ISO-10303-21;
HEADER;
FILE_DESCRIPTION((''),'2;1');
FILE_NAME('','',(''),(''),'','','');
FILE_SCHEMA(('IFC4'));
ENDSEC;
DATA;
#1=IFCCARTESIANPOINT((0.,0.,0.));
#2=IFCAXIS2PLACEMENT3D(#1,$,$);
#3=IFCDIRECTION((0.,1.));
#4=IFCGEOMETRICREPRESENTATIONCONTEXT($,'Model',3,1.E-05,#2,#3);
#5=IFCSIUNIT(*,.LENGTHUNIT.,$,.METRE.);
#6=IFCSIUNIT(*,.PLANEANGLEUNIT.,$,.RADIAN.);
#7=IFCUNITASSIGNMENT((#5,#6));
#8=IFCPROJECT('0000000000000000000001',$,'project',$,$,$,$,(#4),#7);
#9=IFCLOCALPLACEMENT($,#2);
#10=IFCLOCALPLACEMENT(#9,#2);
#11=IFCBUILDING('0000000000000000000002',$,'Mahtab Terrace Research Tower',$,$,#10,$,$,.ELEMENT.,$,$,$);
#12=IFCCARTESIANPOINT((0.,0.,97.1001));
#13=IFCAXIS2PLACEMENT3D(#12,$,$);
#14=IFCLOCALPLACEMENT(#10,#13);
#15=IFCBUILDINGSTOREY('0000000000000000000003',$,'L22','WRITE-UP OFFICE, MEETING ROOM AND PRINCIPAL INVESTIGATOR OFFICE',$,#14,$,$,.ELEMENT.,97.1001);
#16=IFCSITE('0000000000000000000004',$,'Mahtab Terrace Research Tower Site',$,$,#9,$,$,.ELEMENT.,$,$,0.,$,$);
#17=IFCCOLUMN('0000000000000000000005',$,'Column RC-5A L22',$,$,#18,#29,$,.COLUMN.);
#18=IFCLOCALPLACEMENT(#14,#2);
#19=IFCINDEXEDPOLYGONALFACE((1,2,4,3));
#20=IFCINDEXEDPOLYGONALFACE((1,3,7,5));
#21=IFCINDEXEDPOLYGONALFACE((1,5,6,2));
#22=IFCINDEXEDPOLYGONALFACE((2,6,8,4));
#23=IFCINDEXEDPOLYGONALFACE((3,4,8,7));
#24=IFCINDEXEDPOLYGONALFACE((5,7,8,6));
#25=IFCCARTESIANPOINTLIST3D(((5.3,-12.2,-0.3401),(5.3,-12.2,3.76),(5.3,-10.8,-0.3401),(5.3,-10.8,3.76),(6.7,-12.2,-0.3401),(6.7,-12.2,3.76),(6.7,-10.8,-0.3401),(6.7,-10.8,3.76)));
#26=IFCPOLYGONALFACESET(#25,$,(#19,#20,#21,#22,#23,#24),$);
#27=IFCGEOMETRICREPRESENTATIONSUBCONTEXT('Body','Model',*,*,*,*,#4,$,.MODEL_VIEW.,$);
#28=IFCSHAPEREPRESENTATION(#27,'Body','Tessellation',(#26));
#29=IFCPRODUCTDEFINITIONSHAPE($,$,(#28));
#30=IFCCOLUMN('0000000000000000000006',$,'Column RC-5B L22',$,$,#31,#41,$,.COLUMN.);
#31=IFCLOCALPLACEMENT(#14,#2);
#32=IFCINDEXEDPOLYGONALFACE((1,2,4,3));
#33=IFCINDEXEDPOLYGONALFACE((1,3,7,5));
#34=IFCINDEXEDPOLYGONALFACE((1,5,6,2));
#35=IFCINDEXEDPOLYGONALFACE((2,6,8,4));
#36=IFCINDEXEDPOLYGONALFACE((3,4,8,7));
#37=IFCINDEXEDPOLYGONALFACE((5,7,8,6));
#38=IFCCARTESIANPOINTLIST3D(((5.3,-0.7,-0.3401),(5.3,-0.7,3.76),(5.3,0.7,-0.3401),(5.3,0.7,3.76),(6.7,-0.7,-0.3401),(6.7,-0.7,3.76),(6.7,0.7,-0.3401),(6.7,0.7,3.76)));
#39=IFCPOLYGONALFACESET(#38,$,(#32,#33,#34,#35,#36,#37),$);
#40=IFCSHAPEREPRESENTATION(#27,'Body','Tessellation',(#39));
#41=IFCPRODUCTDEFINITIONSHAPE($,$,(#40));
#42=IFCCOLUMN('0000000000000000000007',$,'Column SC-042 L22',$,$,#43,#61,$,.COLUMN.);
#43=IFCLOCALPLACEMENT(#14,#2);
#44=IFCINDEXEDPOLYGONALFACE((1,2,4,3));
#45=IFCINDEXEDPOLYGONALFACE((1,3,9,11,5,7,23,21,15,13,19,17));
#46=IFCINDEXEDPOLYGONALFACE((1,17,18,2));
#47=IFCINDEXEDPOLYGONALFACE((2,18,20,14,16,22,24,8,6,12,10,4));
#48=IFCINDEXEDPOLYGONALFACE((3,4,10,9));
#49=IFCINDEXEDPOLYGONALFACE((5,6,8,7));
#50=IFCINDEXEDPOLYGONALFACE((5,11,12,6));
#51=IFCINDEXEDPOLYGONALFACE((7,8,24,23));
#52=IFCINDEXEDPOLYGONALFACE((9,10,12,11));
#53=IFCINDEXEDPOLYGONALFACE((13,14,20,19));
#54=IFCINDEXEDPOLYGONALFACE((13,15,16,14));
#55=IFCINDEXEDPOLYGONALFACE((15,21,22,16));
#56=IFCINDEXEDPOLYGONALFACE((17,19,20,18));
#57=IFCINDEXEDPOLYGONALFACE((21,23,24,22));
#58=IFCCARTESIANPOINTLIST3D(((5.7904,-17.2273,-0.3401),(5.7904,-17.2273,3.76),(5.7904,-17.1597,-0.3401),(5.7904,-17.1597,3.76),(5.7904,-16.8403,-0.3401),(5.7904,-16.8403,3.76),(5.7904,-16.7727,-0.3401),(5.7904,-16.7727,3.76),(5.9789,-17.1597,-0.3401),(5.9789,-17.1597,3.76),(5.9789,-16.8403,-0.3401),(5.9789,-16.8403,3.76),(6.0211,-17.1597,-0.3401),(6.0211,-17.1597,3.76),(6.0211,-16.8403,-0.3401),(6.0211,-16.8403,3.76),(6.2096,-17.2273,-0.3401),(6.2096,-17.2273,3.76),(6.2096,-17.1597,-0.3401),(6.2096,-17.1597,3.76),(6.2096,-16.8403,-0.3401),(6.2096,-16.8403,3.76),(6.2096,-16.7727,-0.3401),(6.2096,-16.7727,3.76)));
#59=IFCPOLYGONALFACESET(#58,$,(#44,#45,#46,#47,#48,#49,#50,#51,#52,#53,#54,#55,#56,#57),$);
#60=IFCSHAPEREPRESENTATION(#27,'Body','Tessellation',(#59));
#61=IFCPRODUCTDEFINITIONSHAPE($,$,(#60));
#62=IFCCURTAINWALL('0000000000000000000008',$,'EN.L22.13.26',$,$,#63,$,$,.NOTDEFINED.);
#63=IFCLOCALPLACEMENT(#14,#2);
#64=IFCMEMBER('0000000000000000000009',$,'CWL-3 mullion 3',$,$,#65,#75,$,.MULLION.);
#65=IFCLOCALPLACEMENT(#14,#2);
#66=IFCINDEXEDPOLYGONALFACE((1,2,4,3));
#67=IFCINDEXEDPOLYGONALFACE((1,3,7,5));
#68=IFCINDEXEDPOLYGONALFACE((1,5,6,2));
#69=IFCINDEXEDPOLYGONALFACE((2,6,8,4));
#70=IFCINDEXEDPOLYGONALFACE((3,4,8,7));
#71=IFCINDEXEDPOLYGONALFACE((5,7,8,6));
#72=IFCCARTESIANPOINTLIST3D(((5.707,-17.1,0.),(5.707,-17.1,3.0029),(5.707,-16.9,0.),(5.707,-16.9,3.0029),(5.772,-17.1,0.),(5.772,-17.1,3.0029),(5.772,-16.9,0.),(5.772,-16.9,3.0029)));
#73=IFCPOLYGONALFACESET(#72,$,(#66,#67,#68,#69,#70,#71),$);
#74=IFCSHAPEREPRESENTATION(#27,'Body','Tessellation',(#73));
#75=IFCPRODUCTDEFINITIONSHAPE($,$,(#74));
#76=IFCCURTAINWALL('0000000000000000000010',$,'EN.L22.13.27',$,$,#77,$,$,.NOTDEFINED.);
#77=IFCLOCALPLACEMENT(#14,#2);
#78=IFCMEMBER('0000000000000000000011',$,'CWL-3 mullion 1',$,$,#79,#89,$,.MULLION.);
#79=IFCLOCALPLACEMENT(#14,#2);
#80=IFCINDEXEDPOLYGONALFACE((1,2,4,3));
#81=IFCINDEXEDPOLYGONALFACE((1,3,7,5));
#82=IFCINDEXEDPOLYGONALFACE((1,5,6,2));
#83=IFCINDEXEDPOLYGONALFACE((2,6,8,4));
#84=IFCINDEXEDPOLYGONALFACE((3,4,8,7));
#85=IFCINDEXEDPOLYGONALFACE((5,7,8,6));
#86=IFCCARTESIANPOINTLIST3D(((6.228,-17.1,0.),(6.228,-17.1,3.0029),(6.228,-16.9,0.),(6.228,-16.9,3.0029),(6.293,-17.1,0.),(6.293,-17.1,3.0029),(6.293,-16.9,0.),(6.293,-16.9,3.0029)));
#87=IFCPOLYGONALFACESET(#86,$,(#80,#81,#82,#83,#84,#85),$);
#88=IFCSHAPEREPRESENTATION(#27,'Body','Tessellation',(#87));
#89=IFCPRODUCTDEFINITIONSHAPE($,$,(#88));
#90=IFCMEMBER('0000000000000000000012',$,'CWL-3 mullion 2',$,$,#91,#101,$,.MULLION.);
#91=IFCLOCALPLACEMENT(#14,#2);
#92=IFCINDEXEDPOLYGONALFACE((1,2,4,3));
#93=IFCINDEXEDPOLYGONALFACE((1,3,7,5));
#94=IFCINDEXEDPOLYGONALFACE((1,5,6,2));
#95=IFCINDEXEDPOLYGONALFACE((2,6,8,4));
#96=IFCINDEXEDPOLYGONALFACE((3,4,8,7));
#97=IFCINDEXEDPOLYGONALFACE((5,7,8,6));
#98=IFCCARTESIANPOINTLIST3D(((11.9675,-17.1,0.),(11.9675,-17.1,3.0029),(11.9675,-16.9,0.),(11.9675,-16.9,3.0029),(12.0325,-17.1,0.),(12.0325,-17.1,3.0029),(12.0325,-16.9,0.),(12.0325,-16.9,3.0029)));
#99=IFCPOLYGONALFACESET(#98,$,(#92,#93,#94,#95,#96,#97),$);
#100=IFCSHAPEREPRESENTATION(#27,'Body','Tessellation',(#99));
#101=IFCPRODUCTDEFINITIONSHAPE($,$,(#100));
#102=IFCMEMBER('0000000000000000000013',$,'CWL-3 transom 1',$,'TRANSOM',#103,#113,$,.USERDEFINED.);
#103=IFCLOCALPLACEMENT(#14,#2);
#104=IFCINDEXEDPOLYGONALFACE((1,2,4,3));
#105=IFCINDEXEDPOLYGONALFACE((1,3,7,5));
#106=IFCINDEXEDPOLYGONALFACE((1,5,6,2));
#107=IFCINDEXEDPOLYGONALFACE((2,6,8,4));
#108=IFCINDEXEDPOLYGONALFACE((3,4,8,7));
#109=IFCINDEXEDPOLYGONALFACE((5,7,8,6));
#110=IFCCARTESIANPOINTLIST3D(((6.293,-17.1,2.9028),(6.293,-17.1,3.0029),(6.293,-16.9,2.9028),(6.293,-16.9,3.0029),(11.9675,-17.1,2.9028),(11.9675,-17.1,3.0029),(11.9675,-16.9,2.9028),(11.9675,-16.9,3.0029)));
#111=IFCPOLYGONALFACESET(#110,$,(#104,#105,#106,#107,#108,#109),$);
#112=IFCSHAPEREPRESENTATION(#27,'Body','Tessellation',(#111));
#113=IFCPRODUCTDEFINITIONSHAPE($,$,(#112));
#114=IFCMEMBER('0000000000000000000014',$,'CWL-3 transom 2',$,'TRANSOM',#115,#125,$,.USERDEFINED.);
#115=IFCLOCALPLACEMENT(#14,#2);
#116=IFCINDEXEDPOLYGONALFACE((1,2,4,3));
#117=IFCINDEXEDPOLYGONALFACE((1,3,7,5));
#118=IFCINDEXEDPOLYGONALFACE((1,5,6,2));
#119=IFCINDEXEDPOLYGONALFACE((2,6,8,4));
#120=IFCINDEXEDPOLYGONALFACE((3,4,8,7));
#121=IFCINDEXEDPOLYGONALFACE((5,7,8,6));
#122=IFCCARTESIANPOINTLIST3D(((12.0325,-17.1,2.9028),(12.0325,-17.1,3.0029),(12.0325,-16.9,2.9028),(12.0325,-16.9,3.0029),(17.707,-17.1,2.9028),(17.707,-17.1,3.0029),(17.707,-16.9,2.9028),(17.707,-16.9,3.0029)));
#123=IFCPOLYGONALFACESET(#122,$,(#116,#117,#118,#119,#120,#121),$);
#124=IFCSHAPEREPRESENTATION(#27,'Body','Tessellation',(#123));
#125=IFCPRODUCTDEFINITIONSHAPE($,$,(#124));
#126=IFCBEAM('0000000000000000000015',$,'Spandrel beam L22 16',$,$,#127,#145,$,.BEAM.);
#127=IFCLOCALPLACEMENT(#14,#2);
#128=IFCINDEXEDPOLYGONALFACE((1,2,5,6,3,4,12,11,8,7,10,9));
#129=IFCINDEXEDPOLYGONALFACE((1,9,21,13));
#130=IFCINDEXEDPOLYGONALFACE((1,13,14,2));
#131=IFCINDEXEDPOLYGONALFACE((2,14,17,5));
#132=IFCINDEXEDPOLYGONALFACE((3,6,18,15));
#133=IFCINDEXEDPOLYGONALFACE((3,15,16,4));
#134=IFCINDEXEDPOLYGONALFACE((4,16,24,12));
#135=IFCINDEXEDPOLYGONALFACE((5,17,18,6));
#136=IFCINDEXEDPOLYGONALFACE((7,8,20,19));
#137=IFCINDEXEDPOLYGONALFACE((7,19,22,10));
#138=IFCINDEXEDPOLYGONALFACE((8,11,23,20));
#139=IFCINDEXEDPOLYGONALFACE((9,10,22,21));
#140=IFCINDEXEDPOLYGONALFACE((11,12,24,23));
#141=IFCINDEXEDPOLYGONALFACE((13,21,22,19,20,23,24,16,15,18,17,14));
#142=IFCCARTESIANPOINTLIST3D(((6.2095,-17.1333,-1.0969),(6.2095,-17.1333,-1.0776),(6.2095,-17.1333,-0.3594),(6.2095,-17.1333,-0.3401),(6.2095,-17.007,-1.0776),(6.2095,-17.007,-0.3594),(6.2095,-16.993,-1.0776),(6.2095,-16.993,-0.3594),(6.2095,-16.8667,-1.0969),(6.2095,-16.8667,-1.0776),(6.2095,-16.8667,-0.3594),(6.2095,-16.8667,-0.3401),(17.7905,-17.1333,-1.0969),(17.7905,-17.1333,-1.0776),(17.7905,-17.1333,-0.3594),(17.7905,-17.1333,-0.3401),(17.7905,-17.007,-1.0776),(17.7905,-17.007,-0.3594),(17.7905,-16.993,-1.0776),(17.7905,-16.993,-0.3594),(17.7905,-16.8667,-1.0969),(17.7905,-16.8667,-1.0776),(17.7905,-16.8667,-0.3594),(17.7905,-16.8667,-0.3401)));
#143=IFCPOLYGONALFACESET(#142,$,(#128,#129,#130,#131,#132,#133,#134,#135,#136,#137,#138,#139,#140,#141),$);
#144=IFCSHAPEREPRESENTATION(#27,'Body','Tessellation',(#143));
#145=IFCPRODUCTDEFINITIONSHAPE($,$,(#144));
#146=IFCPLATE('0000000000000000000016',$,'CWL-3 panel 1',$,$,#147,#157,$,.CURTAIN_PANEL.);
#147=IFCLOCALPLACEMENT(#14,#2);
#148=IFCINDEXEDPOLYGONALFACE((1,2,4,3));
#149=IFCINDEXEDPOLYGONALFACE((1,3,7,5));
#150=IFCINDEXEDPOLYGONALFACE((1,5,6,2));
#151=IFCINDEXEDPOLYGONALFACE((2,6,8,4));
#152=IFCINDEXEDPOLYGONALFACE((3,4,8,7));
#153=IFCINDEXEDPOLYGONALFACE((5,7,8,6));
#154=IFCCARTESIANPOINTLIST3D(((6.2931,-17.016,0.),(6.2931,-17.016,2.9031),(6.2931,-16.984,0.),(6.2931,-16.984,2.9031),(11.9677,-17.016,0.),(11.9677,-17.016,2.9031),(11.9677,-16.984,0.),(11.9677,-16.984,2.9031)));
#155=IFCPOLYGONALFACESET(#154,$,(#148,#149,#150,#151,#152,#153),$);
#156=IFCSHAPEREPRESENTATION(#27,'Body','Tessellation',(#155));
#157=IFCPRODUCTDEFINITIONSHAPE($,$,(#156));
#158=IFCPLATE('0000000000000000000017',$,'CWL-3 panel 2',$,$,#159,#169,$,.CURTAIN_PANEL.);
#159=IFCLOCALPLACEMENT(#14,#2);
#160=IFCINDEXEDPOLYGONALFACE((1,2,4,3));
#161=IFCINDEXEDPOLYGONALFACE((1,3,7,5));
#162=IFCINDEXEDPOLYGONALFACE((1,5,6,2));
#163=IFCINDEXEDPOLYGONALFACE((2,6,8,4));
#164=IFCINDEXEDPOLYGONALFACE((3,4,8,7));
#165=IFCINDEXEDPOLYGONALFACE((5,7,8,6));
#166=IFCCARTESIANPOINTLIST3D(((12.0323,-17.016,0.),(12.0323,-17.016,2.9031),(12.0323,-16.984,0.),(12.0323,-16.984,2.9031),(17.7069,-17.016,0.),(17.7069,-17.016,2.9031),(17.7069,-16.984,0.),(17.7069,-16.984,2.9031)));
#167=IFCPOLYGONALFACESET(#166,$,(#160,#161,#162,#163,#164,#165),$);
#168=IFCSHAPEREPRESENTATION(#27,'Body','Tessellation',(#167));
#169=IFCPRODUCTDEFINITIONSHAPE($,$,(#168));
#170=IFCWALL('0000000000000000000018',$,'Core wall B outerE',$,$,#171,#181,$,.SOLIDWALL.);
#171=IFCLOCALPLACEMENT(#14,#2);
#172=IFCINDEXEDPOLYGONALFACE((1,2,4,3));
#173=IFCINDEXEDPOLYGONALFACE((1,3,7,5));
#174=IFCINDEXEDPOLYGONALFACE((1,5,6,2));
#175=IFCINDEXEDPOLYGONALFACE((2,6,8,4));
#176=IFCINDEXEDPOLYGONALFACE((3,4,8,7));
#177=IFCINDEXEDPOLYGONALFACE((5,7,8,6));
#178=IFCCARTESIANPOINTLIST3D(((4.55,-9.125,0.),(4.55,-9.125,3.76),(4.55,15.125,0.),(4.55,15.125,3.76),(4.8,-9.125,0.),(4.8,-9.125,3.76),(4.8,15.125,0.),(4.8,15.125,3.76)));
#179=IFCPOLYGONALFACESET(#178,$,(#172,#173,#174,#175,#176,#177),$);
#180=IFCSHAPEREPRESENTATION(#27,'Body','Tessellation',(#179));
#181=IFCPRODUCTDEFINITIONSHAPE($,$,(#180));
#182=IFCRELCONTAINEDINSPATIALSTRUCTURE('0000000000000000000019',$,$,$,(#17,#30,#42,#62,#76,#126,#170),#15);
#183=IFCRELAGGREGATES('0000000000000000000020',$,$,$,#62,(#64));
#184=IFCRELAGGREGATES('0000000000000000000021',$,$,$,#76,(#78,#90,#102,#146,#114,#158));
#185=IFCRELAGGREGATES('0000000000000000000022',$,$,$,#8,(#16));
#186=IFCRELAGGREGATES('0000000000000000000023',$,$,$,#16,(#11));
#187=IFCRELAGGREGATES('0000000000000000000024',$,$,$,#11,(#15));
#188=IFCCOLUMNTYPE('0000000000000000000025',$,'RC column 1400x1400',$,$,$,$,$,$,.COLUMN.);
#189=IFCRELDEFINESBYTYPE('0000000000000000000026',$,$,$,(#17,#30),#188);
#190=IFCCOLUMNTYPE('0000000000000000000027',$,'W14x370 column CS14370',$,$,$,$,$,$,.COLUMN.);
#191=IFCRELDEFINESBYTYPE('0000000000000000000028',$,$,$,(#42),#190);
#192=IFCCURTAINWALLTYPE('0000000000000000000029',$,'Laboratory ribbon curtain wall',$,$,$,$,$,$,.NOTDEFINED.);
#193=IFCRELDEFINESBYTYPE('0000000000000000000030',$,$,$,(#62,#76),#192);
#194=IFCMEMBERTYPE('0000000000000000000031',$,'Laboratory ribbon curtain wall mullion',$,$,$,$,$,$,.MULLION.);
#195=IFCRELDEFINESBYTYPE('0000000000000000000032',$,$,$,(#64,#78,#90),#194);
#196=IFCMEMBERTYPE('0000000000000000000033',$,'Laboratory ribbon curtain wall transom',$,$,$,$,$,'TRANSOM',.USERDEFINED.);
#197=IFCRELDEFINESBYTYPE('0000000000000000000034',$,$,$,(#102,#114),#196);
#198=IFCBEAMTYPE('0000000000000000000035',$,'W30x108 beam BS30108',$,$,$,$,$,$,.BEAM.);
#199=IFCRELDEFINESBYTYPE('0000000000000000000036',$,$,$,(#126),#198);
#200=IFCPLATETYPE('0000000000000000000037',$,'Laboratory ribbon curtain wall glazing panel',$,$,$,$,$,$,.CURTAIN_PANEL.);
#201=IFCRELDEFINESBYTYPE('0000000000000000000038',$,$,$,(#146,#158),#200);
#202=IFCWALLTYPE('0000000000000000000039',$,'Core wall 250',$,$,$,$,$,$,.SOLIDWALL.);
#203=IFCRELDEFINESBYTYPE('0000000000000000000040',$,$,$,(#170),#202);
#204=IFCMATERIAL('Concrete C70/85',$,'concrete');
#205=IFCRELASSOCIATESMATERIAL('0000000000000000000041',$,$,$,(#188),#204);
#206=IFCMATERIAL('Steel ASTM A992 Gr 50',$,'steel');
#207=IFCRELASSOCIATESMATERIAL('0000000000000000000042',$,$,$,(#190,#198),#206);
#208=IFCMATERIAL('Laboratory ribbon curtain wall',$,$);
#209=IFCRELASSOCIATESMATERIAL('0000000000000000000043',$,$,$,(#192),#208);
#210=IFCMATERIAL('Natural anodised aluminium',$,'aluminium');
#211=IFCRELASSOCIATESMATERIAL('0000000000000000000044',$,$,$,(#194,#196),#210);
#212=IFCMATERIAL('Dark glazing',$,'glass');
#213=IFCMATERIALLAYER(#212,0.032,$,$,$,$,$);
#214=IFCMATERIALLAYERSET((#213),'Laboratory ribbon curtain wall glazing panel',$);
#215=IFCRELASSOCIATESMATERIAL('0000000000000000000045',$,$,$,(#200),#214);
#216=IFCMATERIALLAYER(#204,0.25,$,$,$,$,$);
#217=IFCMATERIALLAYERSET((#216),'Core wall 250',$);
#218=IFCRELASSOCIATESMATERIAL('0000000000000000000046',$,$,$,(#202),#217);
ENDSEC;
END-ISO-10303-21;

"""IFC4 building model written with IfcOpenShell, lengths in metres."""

from ifc_helpers import new_model, si_unit, direction, frame, frame_2d, origin, origin_2d, place, context, subcontext, project, spatial, rectangle, i_section, extrude, material, layer, layer_set, material_profile, profile_set, type_object, element, aggregate, save


model = new_model("IFC4")

# Units and contexts
model_context = context("Model", 3, precision=1e-05, world=origin(), true_north=direction((0.0, 1.0)))
body_context = subcontext(model_context, "Body", "Model", "MODEL_VIEW")
ifc_project = project(units=[si_unit("LENGTHUNIT", "METRE"), si_unit("PLANEANGLEUNIT", "RADIAN")], contexts=[model_context])

# Site, building, storey
site_placement = place(None, origin())
site = spatial("IfcSite", under=ifc_project, at=site_placement, Name="Mahtab Terrace Research Tower Site", CompositionType="ELEMENT", RefElevation=0.0)
building_placement = place(site_placement, origin())
building = spatial("IfcBuilding", under=site, at=building_placement, Name="Mahtab Terrace Research Tower", CompositionType="ELEMENT")
storey_placement = place(building_placement, frame((0.0, 0.0, 97.1001)))
storey = spatial("IfcBuildingStorey", under=building, at=storey_placement, Name="L22", Description="WRITE-UP OFFICE, MEETING ROOM AND PRINCIPAL INVESTIGATOR OFFICE", CompositionType="ELEMENT", Elevation=97.1001)

# Columns
ifc_material_1 = material(Name="Concrete C70/85", Category="concrete")
ifc_material_profile_1 = material_profile(ifc_material_1, rectangle(XDim=1.3999, YDim=1.3999, at=origin_2d()), Name="RC column 1400x1400")
ifc_profile_set_1 = profile_set([ifc_material_profile_1], Name="Concrete C70/85")
column_type_1 = type_object("IfcColumnType", Name="RC column 1400x1400", PredefinedType="COLUMN", material=ifc_profile_set_1)
for number, where, z_axis, x_axis, name in (
    (1, (6.0, -11.5, -0.3401), (0.0, 0.0, 1.0), (1.0, 0.0, 0.0), "Column RC-5A L22"),
    (2, (6.0, 0.0, -0.3401), (0.0, 0.0, 1.0), (1.0, 0.0, 0.0), "Column RC-5B L22"),
):
    element("IfcColumn", number, at=place(storey_placement, frame(where, z_axis=z_axis, x_axis=x_axis)), inside=storey, type_object=column_type_1, Name=name, PredefinedType="COLUMN", context=body_context, shape_type="SweptSolid", body=[
        extrude(rectangle(XDim=1.3999, YDim=1.3999, at=origin_2d()), origin(), (0.0, 0.0, 1.0), 4.1001),
    ])
ifc_material_2 = material(Name="Steel ASTM A992 Gr 50", Category="steel")
ifc_material_profile_2 = material_profile(ifc_material_2, i_section(OverallWidth=0.4192, OverallDepth=0.4546, WebThickness=0.0422, FlangeThickness=0.0676, at=origin_2d()), Name="W14X370")
ifc_profile_set_2 = profile_set([ifc_material_profile_2], Name="Steel ASTM A992 Gr 50")
column_type_2 = type_object("IfcColumnType", Name="W14x370 column CS14370", PredefinedType="COLUMN", material=ifc_profile_set_2)
column_placement = place(storey_placement, frame((6.0, -17.0, -0.3401), z_axis=(0.0, 0.0, 1.0), x_axis=(1.0, 0.0, 0.0)))
element("IfcColumn", 3, at=column_placement, inside=storey, type_object=column_type_2, Name="Column SC-042 L22", PredefinedType="COLUMN", context=body_context, shape_type="SweptSolid", body=[
    extrude(i_section(OverallWidth=0.4192, OverallDepth=0.4546, WebThickness=0.0422, FlangeThickness=0.0676, at=origin_2d()), origin(), (0.0, 0.0, 1.0), 4.1001),
])

# Curtain wall, member
ifc_material_3 = material(Name="Laboratory ribbon curtain wall")
curtain_wall_type = type_object("IfcCurtainWallType", Name="Laboratory ribbon curtain wall", PredefinedType="NOTDEFINED", material=ifc_material_3)
curtain_wall_1_placement = place(storey_placement, origin())
curtain_wall_1 = element("IfcCurtainWall", 4, at=curtain_wall_1_placement, inside=storey, type_object=curtain_wall_type, Name="EN.L22.13.26", PredefinedType="NOTDEFINED")
ifc_material_4 = material(Name="Natural anodised aluminium", Category="aluminium")
ifc_material_profile_3 = material_profile(ifc_material_4, rectangle(XDim=0.2, YDim=0.0649, at=origin_2d()), Name="MULLION 65x200")
ifc_profile_set_3 = profile_set([ifc_material_profile_3], Name="Natural anodised aluminium")
member_type_1 = type_object("IfcMemberType", Name="Laboratory ribbon curtain wall mullion", PredefinedType="MULLION", material=ifc_profile_set_3)
member_1_placement = place(storey_placement, frame((5.7395, -17.0, 0.0), z_axis=(0.0, 0.0, 1.0), x_axis=(0.0, 1.0, 0.0)))
member_1 = element("IfcMember", 5, at=member_1_placement, type_object=member_type_1, Name="CWL-3 mullion 3", PredefinedType="MULLION", context=body_context, shape_type="SweptSolid", body=[
    extrude(rectangle(XDim=0.2, YDim=0.0649, at=origin_2d()), origin(), (0.0, 0.0, 1.0), 3.0029),
])
aggregate(curtain_wall_1, [member_1])

# Curtain wall, members
curtain_wall_2_placement = place(storey_placement, origin())
curtain_wall_2 = element("IfcCurtainWall", 6, at=curtain_wall_2_placement, inside=storey, type_object=curtain_wall_type, Name="EN.L22.13.27", PredefinedType="NOTDEFINED")
member_2_placement = place(storey_placement, frame((6.2605, -17.0, 0.0), z_axis=(0.0, 0.0, 1.0), x_axis=(0.0, 1.0, 0.0)))
member_2 = element("IfcMember", 7, at=member_2_placement, type_object=member_type_1, Name="CWL-3 mullion 1", PredefinedType="MULLION", context=body_context, shape_type="SweptSolid", body=[
    extrude(rectangle(XDim=0.2, YDim=0.0649, at=origin_2d()), origin(), (0.0, 0.0, 1.0), 3.0029),
])
member_3_placement = place(storey_placement, frame((12.0, -17.0, 0.0), z_axis=(0.0, 0.0, 1.0), x_axis=(0.0, 1.0, 0.0)))
member_3 = element("IfcMember", 8, at=member_3_placement, type_object=member_type_1, Name="CWL-3 mullion 2", PredefinedType="MULLION", context=body_context, shape_type="SweptSolid", body=[
    extrude(rectangle(XDim=0.2, YDim=0.0649, at=origin_2d()), origin(), (0.0, 0.0, 1.0), 3.0029),
])
ifc_material_profile_4 = material_profile(ifc_material_4, rectangle(XDim=0.2, YDim=0.1001, at=origin_2d()), Name="TRANSOM 100x200")
ifc_profile_set_4 = profile_set([ifc_material_profile_4], Name="Natural anodised aluminium")
member_type_2 = type_object("IfcMemberType", Name="Laboratory ribbon curtain wall transom", ElementType="TRANSOM", PredefinedType="USERDEFINED", material=ifc_profile_set_4)
member_4_placement = place(storey_placement, frame((6.293, -17.0, 2.9529), z_axis=(1.0, 0.0, 0.0), x_axis=(0.0, 1.0, 0.0)))
member_4 = element("IfcMember", 9, at=member_4_placement, type_object=member_type_2, Name="CWL-3 transom 1", ObjectType="TRANSOM", PredefinedType="USERDEFINED", context=body_context, shape_type="SweptSolid", body=[
    extrude(rectangle(XDim=0.2, YDim=0.1001, at=origin_2d()), origin(), (0.0, 0.0, 1.0), 5.6746),
])
member_5_placement = place(storey_placement, frame((12.0325, -17.0, 2.9529), z_axis=(1.0, 0.0, 0.0), x_axis=(0.0, 1.0, 0.0)))
member_5 = element("IfcMember", 10, at=member_5_placement, type_object=member_type_2, Name="CWL-3 transom 2", ObjectType="TRANSOM", PredefinedType="USERDEFINED", context=body_context, shape_type="SweptSolid", body=[
    extrude(rectangle(XDim=0.2, YDim=0.1001, at=origin_2d()), origin(), (0.0, 0.0, 1.0), 5.6746),
])

# Beam
ifc_material_profile_5 = material_profile(ifc_material_2, i_section(OverallWidth=0.2666, OverallDepth=0.7568, WebThickness=0.0139, FlangeThickness=0.0193, at=origin_2d()), Name="W30X108")
ifc_profile_set_5 = profile_set([ifc_material_profile_5], Name="Steel ASTM A992 Gr 50")
beam_type = type_object("IfcBeamType", Name="W30x108 beam BS30108", PredefinedType="BEAM", material=ifc_profile_set_5)
beam_placement = place(storey_placement, frame((6.2095, -17.0, -0.7185), z_axis=(1.0, 0.0, 0.0), x_axis=(0.0, 1.0, 0.0)))
element("IfcBeam", 11, at=beam_placement, inside=storey, type_object=beam_type, Name="Spandrel beam L22 16", PredefinedType="BEAM", context=body_context, shape_type="SweptSolid", body=[
    extrude(i_section(OverallWidth=0.2666, OverallDepth=0.7568, WebThickness=0.0139, FlangeThickness=0.0193, at=origin_2d()), origin(), (0.0, 0.0, 1.0), 11.5811),
])

# Plates
ifc_material_5 = material(Name="Dark glazing", Category="glass")
ifc_layer_1 = layer(ifc_material_5, 0.032)
ifc_layer_set_1 = layer_set([ifc_layer_1], Name="Laboratory ribbon curtain wall glazing panel")
plate_type = type_object("IfcPlateType", Name="Laboratory ribbon curtain wall glazing panel", PredefinedType="CURTAIN_PANEL", material=ifc_layer_set_1)
plate_1_placement = place(storey_placement, frame((9.1304, -17.0, 0.0), z_axis=(0.0, 0.0, 1.0), x_axis=(1.0, 0.0, 0.0)))
plate_1 = element("IfcPlate", 12, at=plate_1_placement, type_object=plate_type, Name="CWL-3 panel 1", PredefinedType="CURTAIN_PANEL", context=body_context, shape_type="SweptSolid", body=[
    extrude(rectangle(XDim=5.6746, YDim=0.032, at=origin_2d()), origin(), (0.0, 0.0, 1.0), 2.9031),
])
plate_2_placement = place(storey_placement, frame((14.8696, -17.0, 0.0), z_axis=(0.0, 0.0, 1.0), x_axis=(1.0, 0.0, 0.0)))
plate_2 = element("IfcPlate", 13, at=plate_2_placement, type_object=plate_type, Name="CWL-3 panel 2", PredefinedType="CURTAIN_PANEL", context=body_context, shape_type="SweptSolid", body=[
    extrude(rectangle(XDim=5.6746, YDim=0.032, at=origin_2d()), origin(), (0.0, 0.0, 1.0), 2.9031),
])
aggregate(curtain_wall_2, [member_2, member_3, member_4, plate_1, member_5, plate_2])

# Wall
ifc_layer_2 = layer(ifc_material_1, 0.25)
ifc_layer_set_2 = layer_set([ifc_layer_2], Name="Core wall 250")
wall_type_1 = type_object("IfcWallType", Name="Core wall 250", PredefinedType="SOLIDWALL", material=ifc_layer_set_2)
wall_1_placement = place(storey_placement, frame((4.675, -9.125, 0.0), z_axis=(0.0, 0.0, 1.0), x_axis=(0.0, 1.0, 0.0)))
element("IfcWall", 14, at=wall_1_placement, inside=storey, type_object=wall_type_1, Name="Core wall B outerE", PredefinedType="SOLIDWALL", context=body_context, shape_type="SweptSolid", body=[
    extrude(rectangle(XDim=24.25, YDim=0.25, at=frame_2d((12.125, 0.0))), origin(), (0.0, 0.0, 1.0), 3.76),
])

save(model, "model.ifc")
